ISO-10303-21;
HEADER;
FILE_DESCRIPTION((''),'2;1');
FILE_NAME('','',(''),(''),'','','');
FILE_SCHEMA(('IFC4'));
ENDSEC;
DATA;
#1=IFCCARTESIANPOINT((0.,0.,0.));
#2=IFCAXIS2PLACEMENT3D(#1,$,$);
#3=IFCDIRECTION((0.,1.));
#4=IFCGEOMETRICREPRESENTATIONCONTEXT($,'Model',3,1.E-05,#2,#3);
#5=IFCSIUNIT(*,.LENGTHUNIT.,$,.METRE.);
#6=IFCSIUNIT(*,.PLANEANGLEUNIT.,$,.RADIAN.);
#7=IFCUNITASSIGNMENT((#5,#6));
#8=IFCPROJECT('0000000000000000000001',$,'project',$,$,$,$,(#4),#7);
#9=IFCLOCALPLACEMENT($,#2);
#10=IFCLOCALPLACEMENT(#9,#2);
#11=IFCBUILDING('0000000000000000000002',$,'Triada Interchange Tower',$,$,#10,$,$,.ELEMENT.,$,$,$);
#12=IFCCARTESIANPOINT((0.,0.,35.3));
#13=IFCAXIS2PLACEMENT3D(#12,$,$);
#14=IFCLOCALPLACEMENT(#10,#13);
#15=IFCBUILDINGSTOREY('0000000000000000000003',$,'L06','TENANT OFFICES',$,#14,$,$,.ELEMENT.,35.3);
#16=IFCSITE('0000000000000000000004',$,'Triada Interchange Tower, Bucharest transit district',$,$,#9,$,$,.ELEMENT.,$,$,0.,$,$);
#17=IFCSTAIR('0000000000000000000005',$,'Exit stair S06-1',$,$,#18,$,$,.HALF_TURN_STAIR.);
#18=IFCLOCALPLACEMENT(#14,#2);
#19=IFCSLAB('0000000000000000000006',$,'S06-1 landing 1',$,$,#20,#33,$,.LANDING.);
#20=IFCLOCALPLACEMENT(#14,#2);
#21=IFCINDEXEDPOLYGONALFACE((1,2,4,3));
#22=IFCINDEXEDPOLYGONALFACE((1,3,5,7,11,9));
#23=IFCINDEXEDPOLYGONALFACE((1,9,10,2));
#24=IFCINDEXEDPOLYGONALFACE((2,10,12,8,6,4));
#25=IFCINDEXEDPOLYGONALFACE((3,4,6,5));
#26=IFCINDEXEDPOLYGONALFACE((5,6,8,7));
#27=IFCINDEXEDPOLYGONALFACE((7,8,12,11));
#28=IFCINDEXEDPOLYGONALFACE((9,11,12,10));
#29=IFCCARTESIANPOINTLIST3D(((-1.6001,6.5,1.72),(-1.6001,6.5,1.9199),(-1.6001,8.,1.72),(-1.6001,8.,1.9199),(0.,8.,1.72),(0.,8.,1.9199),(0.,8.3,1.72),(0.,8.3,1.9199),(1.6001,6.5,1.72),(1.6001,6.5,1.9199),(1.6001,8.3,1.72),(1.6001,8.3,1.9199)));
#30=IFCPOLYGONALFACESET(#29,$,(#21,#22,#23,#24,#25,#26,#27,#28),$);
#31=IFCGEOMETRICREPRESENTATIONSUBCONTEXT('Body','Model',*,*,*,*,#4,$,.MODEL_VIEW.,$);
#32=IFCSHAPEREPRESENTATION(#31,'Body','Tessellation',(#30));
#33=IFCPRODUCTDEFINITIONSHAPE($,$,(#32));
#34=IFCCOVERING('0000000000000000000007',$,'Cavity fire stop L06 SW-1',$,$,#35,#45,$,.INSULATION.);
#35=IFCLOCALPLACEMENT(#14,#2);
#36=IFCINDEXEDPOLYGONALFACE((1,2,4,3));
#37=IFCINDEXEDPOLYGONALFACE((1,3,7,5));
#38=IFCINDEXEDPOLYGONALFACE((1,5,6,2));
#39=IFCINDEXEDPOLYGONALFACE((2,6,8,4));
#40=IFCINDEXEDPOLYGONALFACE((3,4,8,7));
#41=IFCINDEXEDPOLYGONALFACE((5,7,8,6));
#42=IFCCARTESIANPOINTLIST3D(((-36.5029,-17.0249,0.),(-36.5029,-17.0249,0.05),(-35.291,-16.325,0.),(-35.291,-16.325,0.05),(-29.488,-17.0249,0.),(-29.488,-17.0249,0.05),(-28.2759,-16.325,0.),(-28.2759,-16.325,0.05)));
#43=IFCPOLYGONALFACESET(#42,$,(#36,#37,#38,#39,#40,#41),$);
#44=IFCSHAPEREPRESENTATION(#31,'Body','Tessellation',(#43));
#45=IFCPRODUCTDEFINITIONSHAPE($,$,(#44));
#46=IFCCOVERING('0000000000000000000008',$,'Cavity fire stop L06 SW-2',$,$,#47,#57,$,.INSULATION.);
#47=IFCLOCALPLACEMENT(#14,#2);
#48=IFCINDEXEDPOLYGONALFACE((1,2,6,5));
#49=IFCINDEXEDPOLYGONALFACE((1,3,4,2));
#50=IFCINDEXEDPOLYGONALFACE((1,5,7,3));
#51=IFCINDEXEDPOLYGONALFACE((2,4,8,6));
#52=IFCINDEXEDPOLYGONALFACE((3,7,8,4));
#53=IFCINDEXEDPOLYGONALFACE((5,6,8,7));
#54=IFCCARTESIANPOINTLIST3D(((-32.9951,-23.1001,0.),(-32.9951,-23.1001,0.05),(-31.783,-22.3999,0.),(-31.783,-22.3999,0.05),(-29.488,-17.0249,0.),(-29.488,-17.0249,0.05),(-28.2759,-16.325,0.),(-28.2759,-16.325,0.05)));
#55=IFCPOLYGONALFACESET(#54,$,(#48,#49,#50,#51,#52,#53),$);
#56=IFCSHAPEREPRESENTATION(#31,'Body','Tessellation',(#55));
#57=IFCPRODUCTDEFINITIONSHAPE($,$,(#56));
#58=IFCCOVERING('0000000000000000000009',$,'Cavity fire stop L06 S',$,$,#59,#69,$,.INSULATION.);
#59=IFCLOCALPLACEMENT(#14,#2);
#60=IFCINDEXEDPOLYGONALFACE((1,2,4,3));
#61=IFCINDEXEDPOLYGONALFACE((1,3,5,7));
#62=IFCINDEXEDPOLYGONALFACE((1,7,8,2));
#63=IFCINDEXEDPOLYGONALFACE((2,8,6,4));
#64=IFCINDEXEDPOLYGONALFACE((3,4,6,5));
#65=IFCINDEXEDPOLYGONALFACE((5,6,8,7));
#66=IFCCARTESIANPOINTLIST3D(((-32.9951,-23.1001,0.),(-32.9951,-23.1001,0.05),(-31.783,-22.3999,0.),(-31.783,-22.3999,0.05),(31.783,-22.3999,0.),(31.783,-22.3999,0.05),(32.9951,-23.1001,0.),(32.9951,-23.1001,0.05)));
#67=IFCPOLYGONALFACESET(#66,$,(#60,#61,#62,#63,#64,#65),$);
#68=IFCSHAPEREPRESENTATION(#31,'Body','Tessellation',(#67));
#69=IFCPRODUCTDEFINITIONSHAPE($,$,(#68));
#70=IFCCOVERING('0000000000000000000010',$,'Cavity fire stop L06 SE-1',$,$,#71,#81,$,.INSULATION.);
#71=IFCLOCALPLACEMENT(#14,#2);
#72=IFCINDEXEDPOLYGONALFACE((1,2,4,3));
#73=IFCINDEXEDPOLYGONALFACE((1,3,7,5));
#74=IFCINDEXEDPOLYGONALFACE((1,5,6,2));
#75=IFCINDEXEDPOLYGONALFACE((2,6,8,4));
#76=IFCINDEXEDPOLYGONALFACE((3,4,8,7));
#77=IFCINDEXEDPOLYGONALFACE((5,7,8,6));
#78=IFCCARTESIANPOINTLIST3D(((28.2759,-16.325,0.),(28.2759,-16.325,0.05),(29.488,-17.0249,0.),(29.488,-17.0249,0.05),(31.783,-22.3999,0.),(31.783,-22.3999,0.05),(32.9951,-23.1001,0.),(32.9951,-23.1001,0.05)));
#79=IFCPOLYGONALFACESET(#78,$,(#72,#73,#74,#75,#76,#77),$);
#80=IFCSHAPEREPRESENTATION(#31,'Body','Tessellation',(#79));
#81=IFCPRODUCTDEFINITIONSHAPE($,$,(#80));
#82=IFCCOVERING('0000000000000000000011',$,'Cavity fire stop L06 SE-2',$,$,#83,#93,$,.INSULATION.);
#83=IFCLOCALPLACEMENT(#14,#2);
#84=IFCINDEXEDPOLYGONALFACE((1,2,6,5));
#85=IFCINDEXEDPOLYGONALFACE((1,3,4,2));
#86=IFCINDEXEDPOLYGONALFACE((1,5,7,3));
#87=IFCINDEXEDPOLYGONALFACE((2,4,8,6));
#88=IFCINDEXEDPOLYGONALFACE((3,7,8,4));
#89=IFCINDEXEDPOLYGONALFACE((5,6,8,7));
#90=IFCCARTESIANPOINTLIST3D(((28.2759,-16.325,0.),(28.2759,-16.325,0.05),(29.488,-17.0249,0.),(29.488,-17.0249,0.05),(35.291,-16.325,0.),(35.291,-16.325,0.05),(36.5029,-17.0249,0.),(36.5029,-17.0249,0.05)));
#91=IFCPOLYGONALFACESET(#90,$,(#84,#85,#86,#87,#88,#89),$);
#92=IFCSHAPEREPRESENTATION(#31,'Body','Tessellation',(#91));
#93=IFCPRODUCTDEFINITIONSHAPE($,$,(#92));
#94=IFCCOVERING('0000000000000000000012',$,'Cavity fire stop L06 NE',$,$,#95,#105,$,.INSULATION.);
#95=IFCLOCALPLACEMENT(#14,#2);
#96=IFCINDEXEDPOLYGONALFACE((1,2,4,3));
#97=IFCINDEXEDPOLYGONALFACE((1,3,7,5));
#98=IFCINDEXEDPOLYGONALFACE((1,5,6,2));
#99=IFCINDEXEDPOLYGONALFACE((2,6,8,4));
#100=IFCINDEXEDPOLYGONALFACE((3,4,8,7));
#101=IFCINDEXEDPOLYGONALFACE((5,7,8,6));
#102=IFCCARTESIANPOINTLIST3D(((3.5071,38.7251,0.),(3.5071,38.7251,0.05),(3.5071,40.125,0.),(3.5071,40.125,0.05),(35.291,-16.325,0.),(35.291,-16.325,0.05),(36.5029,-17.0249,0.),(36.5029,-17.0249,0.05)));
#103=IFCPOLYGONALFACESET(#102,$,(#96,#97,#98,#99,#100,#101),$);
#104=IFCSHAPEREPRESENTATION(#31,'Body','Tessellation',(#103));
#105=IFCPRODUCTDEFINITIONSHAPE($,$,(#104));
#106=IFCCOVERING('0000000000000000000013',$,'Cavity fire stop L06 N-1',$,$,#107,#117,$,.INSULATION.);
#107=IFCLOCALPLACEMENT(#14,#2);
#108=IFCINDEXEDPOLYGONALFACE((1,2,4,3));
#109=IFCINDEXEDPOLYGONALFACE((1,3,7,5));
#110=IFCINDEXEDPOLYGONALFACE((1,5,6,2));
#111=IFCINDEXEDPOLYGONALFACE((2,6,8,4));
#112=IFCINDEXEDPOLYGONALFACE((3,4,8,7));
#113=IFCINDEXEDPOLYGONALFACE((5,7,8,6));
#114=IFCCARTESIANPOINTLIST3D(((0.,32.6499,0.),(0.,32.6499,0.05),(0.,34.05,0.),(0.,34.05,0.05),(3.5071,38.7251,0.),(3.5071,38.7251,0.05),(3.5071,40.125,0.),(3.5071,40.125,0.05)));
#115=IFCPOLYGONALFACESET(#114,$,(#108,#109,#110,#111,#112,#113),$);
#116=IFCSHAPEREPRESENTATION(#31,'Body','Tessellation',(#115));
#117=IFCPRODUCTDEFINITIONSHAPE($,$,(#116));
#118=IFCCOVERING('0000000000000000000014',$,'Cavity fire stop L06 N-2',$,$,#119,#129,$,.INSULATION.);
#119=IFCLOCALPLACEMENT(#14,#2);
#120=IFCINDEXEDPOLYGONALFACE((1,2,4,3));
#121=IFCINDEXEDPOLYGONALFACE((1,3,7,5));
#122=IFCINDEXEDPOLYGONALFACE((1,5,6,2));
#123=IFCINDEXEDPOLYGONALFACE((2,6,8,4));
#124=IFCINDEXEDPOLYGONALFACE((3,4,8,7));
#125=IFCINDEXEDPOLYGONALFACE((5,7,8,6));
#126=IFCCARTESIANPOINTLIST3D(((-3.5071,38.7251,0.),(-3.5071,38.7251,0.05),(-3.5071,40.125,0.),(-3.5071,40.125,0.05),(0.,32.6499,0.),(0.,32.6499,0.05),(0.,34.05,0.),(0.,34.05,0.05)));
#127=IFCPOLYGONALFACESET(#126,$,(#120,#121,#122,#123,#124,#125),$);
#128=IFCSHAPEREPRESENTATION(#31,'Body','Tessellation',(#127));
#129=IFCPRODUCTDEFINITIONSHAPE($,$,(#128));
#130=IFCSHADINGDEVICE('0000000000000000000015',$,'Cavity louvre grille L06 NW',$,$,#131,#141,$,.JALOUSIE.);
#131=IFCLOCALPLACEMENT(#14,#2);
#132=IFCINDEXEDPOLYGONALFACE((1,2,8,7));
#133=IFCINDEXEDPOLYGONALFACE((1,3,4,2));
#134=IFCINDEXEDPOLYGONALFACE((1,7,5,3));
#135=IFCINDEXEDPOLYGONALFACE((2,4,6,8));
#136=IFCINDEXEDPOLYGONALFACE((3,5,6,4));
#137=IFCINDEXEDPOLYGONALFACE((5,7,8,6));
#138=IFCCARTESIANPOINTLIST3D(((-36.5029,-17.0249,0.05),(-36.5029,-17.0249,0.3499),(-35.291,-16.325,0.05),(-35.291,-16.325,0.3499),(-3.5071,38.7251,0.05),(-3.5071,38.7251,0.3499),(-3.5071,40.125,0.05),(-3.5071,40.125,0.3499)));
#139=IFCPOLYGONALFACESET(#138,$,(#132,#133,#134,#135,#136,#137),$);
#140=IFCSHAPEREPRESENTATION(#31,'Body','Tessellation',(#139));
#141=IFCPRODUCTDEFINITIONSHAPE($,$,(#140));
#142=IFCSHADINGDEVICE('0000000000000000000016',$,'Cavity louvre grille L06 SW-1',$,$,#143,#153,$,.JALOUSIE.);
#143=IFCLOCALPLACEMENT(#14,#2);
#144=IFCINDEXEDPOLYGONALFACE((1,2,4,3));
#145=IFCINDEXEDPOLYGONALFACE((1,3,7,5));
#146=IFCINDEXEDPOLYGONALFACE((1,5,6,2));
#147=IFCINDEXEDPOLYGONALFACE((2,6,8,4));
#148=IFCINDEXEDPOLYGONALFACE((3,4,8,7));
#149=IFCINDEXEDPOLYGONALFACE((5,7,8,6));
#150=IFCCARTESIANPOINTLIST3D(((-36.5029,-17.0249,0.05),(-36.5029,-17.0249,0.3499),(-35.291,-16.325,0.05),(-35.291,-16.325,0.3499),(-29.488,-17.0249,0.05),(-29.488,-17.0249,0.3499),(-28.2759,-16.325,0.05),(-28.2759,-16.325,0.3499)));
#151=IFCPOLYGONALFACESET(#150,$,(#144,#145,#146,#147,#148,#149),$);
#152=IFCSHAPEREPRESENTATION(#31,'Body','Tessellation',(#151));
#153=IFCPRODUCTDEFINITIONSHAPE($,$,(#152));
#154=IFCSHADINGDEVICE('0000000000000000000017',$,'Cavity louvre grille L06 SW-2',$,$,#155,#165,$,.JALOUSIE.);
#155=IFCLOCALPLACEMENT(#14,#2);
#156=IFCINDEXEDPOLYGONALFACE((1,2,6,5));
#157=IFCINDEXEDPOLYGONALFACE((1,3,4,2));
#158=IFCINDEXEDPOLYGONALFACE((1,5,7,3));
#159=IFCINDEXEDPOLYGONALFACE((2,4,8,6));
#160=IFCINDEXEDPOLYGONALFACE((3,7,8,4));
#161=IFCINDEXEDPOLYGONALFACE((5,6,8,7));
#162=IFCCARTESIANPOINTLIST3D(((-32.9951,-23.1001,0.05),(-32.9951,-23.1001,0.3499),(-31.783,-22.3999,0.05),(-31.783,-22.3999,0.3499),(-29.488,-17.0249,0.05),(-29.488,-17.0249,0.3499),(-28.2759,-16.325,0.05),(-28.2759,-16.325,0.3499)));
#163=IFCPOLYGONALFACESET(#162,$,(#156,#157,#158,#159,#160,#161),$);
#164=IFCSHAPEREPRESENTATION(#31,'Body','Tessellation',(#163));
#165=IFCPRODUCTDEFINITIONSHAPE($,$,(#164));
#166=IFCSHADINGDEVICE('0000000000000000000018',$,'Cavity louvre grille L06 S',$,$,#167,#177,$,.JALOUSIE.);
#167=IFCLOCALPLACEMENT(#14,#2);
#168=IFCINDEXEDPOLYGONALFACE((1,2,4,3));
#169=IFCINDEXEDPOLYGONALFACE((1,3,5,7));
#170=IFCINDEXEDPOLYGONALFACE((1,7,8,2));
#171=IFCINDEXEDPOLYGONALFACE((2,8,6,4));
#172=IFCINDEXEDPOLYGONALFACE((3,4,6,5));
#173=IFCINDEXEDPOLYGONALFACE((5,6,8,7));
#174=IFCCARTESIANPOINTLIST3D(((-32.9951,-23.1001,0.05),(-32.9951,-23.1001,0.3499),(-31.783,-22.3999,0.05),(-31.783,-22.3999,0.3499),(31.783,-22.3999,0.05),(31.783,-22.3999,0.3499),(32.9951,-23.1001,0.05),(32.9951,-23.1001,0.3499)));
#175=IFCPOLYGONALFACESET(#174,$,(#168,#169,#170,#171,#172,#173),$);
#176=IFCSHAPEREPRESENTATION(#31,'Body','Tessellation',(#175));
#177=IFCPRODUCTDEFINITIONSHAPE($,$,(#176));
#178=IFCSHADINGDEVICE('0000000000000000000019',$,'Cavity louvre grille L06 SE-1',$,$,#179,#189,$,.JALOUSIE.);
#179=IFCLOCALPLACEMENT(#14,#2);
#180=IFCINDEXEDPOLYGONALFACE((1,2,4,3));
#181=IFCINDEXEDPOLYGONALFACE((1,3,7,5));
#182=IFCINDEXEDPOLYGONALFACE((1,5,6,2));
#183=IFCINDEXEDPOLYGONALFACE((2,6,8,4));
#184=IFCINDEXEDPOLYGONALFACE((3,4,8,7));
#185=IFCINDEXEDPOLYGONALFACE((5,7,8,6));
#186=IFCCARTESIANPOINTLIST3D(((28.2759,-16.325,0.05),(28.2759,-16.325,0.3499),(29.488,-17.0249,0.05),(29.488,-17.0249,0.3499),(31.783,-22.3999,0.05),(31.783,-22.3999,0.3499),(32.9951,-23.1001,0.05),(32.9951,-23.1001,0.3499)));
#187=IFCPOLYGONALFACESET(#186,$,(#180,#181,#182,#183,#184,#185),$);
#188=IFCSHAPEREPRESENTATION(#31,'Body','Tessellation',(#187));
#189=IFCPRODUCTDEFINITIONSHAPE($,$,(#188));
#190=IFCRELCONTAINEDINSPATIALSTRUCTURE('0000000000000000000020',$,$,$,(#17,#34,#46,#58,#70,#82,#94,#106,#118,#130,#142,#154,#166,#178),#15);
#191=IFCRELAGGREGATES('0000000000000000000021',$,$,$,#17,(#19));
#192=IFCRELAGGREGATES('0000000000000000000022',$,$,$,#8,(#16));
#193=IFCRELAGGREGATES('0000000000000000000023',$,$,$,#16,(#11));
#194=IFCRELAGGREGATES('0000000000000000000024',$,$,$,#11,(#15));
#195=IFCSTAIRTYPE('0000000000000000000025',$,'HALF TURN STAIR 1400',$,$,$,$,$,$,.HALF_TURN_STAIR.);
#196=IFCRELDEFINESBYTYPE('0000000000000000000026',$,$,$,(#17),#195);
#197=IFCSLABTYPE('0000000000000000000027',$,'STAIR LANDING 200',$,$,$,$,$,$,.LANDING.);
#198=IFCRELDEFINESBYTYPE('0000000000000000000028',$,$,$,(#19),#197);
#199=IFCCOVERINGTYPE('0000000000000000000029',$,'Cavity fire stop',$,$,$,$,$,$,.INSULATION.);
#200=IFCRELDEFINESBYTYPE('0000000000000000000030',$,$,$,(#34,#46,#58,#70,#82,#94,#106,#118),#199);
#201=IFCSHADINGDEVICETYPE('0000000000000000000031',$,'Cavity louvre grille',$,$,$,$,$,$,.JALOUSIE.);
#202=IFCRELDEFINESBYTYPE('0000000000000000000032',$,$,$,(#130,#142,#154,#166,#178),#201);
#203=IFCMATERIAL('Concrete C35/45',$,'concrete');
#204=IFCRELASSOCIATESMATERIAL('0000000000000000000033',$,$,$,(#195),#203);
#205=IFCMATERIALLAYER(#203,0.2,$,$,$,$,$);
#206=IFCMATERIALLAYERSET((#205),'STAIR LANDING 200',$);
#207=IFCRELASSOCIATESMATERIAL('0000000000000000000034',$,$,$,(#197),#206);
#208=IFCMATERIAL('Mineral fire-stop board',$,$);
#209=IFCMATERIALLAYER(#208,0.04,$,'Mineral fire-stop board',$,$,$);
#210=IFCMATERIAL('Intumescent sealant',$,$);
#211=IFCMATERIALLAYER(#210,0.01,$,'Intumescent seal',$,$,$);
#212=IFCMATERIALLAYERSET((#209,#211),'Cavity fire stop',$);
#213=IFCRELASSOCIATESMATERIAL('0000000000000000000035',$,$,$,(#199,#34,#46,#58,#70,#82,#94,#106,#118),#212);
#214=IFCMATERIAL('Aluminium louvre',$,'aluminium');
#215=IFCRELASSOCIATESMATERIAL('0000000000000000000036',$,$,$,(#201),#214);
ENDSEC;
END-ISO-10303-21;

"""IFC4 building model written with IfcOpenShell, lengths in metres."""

from ifc_helpers import new_model, si_unit, direction, frame, origin, place, context, subcontext, project, spatial, polyline, outline, extrude, material, layer, layer_set, layer_usage, type_object, element, aggregate, save


model = new_model("IFC4")

# Units and contexts
model_context = context("Model", 3, precision=1e-05, world=origin(), true_north=direction((0.0, 1.0)))
body_context = subcontext(model_context, "Body", "Model", "MODEL_VIEW")
ifc_project = project(units=[si_unit("LENGTHUNIT", "METRE"), si_unit("PLANEANGLEUNIT", "RADIAN")], contexts=[model_context])

# Site, building, storey
site_placement = place(None, origin())
site = spatial("IfcSite", under=ifc_project, at=site_placement, Name="Triada Interchange Tower, Bucharest transit district", CompositionType="ELEMENT", RefElevation=0.0)
building_placement = place(site_placement, origin())
building = spatial("IfcBuilding", under=site, at=building_placement, Name="Triada Interchange Tower", CompositionType="ELEMENT")
storey_placement = place(building_placement, frame((0.0, 0.0, 35.3)))
storey = spatial("IfcBuildingStorey", under=building, at=storey_placement, Name="L06", Description="TENANT OFFICES", CompositionType="ELEMENT", Elevation=35.3)

# Stair, slab
ifc_material_1 = material(Name="Concrete C35/45", Category="concrete")
stair_type = type_object("IfcStairType", Name="HALF TURN STAIR 1400", PredefinedType="HALF_TURN_STAIR", material=ifc_material_1)
stair_placement = place(storey_placement, origin())
stair = element("IfcStair", 1, at=stair_placement, inside=storey, type_object=stair_type, Name="Exit stair S06-1", PredefinedType="HALF_TURN_STAIR")
ifc_layer_1 = layer(ifc_material_1, 0.2)
ifc_layer_set_1 = layer_set([ifc_layer_1], Name="STAIR LANDING 200")
slab_type = type_object("IfcSlabType", Name="STAIR LANDING 200", PredefinedType="LANDING", material=ifc_layer_set_1)
slab_placement = place(storey_placement, frame((0.0, 0.0, 1.72)))
slab = element("IfcSlab", 2, at=slab_placement, type_object=slab_type, Name="S06-1 landing 1", PredefinedType="LANDING", context=body_context, shape_type="SweptSolid", body=[
    extrude(outline(polyline([(1.6001, 6.5), (1.6001, 8.3), (0.0, 8.3), (0.0, 8.0), (-1.6001, 8.0), (-1.6001, 6.5), (1.6001, 6.5)])), origin(), (0.0, 0.0, 1.0), 0.2),
])
aggregate(stair, [slab])

# Coverings
ifc_material_2 = material(Name="Mineral fire-stop board")
ifc_layer_2 = layer(ifc_material_2, 0.04, Name="Mineral fire-stop board")
ifc_material_3 = material(Name="Intumescent sealant")
ifc_layer_3 = layer(ifc_material_3, 0.01, Name="Intumescent seal")
ifc_layer_set_2 = layer_set([ifc_layer_2, ifc_layer_3], Name="Cavity fire stop")
ifc_layer_usage = layer_usage(ifc_layer_set_2, "AXIS3", "POSITIVE", 0.0)
covering_type = type_object("IfcCoveringType", Name="Cavity fire stop", PredefinedType="INSULATION", material=ifc_layer_set_2)
covering_1_placement = place(storey_placement, origin())
element("IfcCovering", 3, at=covering_1_placement, inside=storey, type_object=covering_type, material=ifc_layer_usage, Name="Cavity fire stop L06 SW-1", PredefinedType="INSULATION", context=body_context, shape_type="SweptSolid", body=[
    extrude(outline(polyline([(-35.291, -16.325), (-36.5029, -17.0249), (-29.488, -17.0249), (-28.2759, -16.325), (-35.291, -16.325)])), origin(), (0.0, 0.0, 1.0), 0.05),
])
covering_2_placement = place(storey_placement, origin())
element("IfcCovering", 4, at=covering_2_placement, inside=storey, type_object=covering_type, material=ifc_layer_usage, Name="Cavity fire stop L06 SW-2", PredefinedType="INSULATION", context=body_context, shape_type="SweptSolid", body=[
    extrude(outline(polyline([(-28.2759, -16.325), (-29.488, -17.0249), (-32.9951, -23.1001), (-31.783, -22.3999), (-28.2759, -16.325)])), origin(), (0.0, 0.0, 1.0), 0.05),
])
covering_3_placement = place(storey_placement, origin())
element("IfcCovering", 5, at=covering_3_placement, inside=storey, type_object=covering_type, material=ifc_layer_usage, Name="Cavity fire stop L06 S", PredefinedType="INSULATION", context=body_context, shape_type="SweptSolid", body=[
    extrude(outline(polyline([(-31.783, -22.3999), (-32.9951, -23.1001), (32.9951, -23.1001), (31.783, -22.3999), (-31.783, -22.3999)])), origin(), (0.0, 0.0, 1.0), 0.05),
])
covering_4_placement = place(storey_placement, origin())
element("IfcCovering", 6, at=covering_4_placement, inside=storey, type_object=covering_type, material=ifc_layer_usage, Name="Cavity fire stop L06 SE-1", PredefinedType="INSULATION", context=body_context, shape_type="SweptSolid", body=[
    extrude(outline(polyline([(31.783, -22.3999), (32.9951, -23.1001), (29.488, -17.0249), (28.2759, -16.325), (31.783, -22.3999)])), origin(), (0.0, 0.0, 1.0), 0.05),
])
covering_5_placement = place(storey_placement, origin())
element("IfcCovering", 7, at=covering_5_placement, inside=storey, type_object=covering_type, material=ifc_layer_usage, Name="Cavity fire stop L06 SE-2", PredefinedType="INSULATION", context=body_context, shape_type="SweptSolid", body=[
    extrude(outline(polyline([(28.2759, -16.325), (29.488, -17.0249), (36.5029, -17.0249), (35.291, -16.325), (28.2759, -16.325)])), origin(), (0.0, 0.0, 1.0), 0.05),
])
covering_6_placement = place(storey_placement, origin())
element("IfcCovering", 8, at=covering_6_placement, inside=storey, type_object=covering_type, material=ifc_layer_usage, Name="Cavity fire stop L06 NE", PredefinedType="INSULATION", context=body_context, shape_type="SweptSolid", body=[
    extrude(outline(polyline([(35.291, -16.325), (36.5029, -17.0249), (3.5071, 40.125), (3.5071, 38.7251), (35.291, -16.325)])), origin(), (0.0, 0.0, 1.0), 0.05),
])
covering_7_placement = place(storey_placement, origin())
element("IfcCovering", 9, at=covering_7_placement, inside=storey, type_object=covering_type, material=ifc_layer_usage, Name="Cavity fire stop L06 N-1", PredefinedType="INSULATION", context=body_context, shape_type="SweptSolid", body=[
    extrude(outline(polyline([(3.5071, 38.7251), (3.5071, 40.125), (0.0, 34.05), (0.0, 32.6499), (3.5071, 38.7251)])), origin(), (0.0, 0.0, 1.0), 0.05),
])
covering_8_placement = place(storey_placement, origin())
element("IfcCovering", 10, at=covering_8_placement, inside=storey, type_object=covering_type, material=ifc_layer_usage, Name="Cavity fire stop L06 N-2", PredefinedType="INSULATION", context=body_context, shape_type="SweptSolid", body=[
    extrude(outline(polyline([(0.0, 32.6499), (0.0, 34.05), (-3.5071, 40.125), (-3.5071, 38.7251), (0.0, 32.6499)])), origin(), (0.0, 0.0, 1.0), 0.05),
])

# Shading devices
ifc_material_4 = material(Name="Aluminium louvre", Category="aluminium")
shading_device_type = type_object("IfcShadingDeviceType", Name="Cavity louvre grille", PredefinedType="JALOUSIE", material=ifc_material_4)
shading_device_1_placement = place(storey_placement, frame((0.0, 0.0, 0.05)))
element("IfcShadingDevice", 11, at=shading_device_1_placement, inside=storey, type_object=shading_device_type, Name="Cavity louvre grille L06 NW", PredefinedType="JALOUSIE", context=body_context, shape_type="SweptSolid", body=[
    extrude(outline(polyline([(-3.5071, 38.7251), (-3.5071, 40.125), (-36.5029, -17.0249), (-35.291, -16.325), (-3.5071, 38.7251)])), origin(), (0.0, 0.0, 1.0), 0.2998),
])
shading_device_2_placement = place(storey_placement, frame((0.0, 0.0, 0.05)))
element("IfcShadingDevice", 12, at=shading_device_2_placement, inside=storey, type_object=shading_device_type, Name="Cavity louvre grille L06 SW-1", PredefinedType="JALOUSIE", context=body_context, shape_type="SweptSolid", body=[
    extrude(outline(polyline([(-35.291, -16.325), (-36.5029, -17.0249), (-29.488, -17.0249), (-28.2759, -16.325), (-35.291, -16.325)])), origin(), (0.0, 0.0, 1.0), 0.2998),
])
shading_device_3_placement = place(storey_placement, frame((0.0, 0.0, 0.05)))
element("IfcShadingDevice", 13, at=shading_device_3_placement, inside=storey, type_object=shading_device_type, Name="Cavity louvre grille L06 SW-2", PredefinedType="JALOUSIE", context=body_context, shape_type="SweptSolid", body=[
    extrude(outline(polyline([(-28.2759, -16.325), (-29.488, -17.0249), (-32.9951, -23.1001), (-31.783, -22.3999), (-28.2759, -16.325)])), origin(), (0.0, 0.0, 1.0), 0.2998),
])
shading_device_4_placement = place(storey_placement, frame((0.0, 0.0, 0.05)))
element("IfcShadingDevice", 14, at=shading_device_4_placement, inside=storey, type_object=shading_device_type, Name="Cavity louvre grille L06 S", PredefinedType="JALOUSIE", context=body_context, shape_type="SweptSolid", body=[
    extrude(outline(polyline([(-31.783, -22.3999), (-32.9951, -23.1001), (32.9951, -23.1001), (31.783, -22.3999), (-31.783, -22.3999)])), origin(), (0.0, 0.0, 1.0), 0.2998),
])
shading_device_5_placement = place(storey_placement, frame((0.0, 0.0, 0.05)))
element("IfcShadingDevice", 15, at=shading_device_5_placement, inside=storey, type_object=shading_device_type, Name="Cavity louvre grille L06 SE-1", PredefinedType="JALOUSIE", context=body_context, shape_type="SweptSolid", body=[
    extrude(outline(polyline([(31.783, -22.3999), (32.9951, -23.1001), (29.488, -17.0249), (28.2759, -16.325), (31.783, -22.3999)])), origin(), (0.0, 0.0, 1.0), 0.2998),
])

save(model, "model.ifc")
